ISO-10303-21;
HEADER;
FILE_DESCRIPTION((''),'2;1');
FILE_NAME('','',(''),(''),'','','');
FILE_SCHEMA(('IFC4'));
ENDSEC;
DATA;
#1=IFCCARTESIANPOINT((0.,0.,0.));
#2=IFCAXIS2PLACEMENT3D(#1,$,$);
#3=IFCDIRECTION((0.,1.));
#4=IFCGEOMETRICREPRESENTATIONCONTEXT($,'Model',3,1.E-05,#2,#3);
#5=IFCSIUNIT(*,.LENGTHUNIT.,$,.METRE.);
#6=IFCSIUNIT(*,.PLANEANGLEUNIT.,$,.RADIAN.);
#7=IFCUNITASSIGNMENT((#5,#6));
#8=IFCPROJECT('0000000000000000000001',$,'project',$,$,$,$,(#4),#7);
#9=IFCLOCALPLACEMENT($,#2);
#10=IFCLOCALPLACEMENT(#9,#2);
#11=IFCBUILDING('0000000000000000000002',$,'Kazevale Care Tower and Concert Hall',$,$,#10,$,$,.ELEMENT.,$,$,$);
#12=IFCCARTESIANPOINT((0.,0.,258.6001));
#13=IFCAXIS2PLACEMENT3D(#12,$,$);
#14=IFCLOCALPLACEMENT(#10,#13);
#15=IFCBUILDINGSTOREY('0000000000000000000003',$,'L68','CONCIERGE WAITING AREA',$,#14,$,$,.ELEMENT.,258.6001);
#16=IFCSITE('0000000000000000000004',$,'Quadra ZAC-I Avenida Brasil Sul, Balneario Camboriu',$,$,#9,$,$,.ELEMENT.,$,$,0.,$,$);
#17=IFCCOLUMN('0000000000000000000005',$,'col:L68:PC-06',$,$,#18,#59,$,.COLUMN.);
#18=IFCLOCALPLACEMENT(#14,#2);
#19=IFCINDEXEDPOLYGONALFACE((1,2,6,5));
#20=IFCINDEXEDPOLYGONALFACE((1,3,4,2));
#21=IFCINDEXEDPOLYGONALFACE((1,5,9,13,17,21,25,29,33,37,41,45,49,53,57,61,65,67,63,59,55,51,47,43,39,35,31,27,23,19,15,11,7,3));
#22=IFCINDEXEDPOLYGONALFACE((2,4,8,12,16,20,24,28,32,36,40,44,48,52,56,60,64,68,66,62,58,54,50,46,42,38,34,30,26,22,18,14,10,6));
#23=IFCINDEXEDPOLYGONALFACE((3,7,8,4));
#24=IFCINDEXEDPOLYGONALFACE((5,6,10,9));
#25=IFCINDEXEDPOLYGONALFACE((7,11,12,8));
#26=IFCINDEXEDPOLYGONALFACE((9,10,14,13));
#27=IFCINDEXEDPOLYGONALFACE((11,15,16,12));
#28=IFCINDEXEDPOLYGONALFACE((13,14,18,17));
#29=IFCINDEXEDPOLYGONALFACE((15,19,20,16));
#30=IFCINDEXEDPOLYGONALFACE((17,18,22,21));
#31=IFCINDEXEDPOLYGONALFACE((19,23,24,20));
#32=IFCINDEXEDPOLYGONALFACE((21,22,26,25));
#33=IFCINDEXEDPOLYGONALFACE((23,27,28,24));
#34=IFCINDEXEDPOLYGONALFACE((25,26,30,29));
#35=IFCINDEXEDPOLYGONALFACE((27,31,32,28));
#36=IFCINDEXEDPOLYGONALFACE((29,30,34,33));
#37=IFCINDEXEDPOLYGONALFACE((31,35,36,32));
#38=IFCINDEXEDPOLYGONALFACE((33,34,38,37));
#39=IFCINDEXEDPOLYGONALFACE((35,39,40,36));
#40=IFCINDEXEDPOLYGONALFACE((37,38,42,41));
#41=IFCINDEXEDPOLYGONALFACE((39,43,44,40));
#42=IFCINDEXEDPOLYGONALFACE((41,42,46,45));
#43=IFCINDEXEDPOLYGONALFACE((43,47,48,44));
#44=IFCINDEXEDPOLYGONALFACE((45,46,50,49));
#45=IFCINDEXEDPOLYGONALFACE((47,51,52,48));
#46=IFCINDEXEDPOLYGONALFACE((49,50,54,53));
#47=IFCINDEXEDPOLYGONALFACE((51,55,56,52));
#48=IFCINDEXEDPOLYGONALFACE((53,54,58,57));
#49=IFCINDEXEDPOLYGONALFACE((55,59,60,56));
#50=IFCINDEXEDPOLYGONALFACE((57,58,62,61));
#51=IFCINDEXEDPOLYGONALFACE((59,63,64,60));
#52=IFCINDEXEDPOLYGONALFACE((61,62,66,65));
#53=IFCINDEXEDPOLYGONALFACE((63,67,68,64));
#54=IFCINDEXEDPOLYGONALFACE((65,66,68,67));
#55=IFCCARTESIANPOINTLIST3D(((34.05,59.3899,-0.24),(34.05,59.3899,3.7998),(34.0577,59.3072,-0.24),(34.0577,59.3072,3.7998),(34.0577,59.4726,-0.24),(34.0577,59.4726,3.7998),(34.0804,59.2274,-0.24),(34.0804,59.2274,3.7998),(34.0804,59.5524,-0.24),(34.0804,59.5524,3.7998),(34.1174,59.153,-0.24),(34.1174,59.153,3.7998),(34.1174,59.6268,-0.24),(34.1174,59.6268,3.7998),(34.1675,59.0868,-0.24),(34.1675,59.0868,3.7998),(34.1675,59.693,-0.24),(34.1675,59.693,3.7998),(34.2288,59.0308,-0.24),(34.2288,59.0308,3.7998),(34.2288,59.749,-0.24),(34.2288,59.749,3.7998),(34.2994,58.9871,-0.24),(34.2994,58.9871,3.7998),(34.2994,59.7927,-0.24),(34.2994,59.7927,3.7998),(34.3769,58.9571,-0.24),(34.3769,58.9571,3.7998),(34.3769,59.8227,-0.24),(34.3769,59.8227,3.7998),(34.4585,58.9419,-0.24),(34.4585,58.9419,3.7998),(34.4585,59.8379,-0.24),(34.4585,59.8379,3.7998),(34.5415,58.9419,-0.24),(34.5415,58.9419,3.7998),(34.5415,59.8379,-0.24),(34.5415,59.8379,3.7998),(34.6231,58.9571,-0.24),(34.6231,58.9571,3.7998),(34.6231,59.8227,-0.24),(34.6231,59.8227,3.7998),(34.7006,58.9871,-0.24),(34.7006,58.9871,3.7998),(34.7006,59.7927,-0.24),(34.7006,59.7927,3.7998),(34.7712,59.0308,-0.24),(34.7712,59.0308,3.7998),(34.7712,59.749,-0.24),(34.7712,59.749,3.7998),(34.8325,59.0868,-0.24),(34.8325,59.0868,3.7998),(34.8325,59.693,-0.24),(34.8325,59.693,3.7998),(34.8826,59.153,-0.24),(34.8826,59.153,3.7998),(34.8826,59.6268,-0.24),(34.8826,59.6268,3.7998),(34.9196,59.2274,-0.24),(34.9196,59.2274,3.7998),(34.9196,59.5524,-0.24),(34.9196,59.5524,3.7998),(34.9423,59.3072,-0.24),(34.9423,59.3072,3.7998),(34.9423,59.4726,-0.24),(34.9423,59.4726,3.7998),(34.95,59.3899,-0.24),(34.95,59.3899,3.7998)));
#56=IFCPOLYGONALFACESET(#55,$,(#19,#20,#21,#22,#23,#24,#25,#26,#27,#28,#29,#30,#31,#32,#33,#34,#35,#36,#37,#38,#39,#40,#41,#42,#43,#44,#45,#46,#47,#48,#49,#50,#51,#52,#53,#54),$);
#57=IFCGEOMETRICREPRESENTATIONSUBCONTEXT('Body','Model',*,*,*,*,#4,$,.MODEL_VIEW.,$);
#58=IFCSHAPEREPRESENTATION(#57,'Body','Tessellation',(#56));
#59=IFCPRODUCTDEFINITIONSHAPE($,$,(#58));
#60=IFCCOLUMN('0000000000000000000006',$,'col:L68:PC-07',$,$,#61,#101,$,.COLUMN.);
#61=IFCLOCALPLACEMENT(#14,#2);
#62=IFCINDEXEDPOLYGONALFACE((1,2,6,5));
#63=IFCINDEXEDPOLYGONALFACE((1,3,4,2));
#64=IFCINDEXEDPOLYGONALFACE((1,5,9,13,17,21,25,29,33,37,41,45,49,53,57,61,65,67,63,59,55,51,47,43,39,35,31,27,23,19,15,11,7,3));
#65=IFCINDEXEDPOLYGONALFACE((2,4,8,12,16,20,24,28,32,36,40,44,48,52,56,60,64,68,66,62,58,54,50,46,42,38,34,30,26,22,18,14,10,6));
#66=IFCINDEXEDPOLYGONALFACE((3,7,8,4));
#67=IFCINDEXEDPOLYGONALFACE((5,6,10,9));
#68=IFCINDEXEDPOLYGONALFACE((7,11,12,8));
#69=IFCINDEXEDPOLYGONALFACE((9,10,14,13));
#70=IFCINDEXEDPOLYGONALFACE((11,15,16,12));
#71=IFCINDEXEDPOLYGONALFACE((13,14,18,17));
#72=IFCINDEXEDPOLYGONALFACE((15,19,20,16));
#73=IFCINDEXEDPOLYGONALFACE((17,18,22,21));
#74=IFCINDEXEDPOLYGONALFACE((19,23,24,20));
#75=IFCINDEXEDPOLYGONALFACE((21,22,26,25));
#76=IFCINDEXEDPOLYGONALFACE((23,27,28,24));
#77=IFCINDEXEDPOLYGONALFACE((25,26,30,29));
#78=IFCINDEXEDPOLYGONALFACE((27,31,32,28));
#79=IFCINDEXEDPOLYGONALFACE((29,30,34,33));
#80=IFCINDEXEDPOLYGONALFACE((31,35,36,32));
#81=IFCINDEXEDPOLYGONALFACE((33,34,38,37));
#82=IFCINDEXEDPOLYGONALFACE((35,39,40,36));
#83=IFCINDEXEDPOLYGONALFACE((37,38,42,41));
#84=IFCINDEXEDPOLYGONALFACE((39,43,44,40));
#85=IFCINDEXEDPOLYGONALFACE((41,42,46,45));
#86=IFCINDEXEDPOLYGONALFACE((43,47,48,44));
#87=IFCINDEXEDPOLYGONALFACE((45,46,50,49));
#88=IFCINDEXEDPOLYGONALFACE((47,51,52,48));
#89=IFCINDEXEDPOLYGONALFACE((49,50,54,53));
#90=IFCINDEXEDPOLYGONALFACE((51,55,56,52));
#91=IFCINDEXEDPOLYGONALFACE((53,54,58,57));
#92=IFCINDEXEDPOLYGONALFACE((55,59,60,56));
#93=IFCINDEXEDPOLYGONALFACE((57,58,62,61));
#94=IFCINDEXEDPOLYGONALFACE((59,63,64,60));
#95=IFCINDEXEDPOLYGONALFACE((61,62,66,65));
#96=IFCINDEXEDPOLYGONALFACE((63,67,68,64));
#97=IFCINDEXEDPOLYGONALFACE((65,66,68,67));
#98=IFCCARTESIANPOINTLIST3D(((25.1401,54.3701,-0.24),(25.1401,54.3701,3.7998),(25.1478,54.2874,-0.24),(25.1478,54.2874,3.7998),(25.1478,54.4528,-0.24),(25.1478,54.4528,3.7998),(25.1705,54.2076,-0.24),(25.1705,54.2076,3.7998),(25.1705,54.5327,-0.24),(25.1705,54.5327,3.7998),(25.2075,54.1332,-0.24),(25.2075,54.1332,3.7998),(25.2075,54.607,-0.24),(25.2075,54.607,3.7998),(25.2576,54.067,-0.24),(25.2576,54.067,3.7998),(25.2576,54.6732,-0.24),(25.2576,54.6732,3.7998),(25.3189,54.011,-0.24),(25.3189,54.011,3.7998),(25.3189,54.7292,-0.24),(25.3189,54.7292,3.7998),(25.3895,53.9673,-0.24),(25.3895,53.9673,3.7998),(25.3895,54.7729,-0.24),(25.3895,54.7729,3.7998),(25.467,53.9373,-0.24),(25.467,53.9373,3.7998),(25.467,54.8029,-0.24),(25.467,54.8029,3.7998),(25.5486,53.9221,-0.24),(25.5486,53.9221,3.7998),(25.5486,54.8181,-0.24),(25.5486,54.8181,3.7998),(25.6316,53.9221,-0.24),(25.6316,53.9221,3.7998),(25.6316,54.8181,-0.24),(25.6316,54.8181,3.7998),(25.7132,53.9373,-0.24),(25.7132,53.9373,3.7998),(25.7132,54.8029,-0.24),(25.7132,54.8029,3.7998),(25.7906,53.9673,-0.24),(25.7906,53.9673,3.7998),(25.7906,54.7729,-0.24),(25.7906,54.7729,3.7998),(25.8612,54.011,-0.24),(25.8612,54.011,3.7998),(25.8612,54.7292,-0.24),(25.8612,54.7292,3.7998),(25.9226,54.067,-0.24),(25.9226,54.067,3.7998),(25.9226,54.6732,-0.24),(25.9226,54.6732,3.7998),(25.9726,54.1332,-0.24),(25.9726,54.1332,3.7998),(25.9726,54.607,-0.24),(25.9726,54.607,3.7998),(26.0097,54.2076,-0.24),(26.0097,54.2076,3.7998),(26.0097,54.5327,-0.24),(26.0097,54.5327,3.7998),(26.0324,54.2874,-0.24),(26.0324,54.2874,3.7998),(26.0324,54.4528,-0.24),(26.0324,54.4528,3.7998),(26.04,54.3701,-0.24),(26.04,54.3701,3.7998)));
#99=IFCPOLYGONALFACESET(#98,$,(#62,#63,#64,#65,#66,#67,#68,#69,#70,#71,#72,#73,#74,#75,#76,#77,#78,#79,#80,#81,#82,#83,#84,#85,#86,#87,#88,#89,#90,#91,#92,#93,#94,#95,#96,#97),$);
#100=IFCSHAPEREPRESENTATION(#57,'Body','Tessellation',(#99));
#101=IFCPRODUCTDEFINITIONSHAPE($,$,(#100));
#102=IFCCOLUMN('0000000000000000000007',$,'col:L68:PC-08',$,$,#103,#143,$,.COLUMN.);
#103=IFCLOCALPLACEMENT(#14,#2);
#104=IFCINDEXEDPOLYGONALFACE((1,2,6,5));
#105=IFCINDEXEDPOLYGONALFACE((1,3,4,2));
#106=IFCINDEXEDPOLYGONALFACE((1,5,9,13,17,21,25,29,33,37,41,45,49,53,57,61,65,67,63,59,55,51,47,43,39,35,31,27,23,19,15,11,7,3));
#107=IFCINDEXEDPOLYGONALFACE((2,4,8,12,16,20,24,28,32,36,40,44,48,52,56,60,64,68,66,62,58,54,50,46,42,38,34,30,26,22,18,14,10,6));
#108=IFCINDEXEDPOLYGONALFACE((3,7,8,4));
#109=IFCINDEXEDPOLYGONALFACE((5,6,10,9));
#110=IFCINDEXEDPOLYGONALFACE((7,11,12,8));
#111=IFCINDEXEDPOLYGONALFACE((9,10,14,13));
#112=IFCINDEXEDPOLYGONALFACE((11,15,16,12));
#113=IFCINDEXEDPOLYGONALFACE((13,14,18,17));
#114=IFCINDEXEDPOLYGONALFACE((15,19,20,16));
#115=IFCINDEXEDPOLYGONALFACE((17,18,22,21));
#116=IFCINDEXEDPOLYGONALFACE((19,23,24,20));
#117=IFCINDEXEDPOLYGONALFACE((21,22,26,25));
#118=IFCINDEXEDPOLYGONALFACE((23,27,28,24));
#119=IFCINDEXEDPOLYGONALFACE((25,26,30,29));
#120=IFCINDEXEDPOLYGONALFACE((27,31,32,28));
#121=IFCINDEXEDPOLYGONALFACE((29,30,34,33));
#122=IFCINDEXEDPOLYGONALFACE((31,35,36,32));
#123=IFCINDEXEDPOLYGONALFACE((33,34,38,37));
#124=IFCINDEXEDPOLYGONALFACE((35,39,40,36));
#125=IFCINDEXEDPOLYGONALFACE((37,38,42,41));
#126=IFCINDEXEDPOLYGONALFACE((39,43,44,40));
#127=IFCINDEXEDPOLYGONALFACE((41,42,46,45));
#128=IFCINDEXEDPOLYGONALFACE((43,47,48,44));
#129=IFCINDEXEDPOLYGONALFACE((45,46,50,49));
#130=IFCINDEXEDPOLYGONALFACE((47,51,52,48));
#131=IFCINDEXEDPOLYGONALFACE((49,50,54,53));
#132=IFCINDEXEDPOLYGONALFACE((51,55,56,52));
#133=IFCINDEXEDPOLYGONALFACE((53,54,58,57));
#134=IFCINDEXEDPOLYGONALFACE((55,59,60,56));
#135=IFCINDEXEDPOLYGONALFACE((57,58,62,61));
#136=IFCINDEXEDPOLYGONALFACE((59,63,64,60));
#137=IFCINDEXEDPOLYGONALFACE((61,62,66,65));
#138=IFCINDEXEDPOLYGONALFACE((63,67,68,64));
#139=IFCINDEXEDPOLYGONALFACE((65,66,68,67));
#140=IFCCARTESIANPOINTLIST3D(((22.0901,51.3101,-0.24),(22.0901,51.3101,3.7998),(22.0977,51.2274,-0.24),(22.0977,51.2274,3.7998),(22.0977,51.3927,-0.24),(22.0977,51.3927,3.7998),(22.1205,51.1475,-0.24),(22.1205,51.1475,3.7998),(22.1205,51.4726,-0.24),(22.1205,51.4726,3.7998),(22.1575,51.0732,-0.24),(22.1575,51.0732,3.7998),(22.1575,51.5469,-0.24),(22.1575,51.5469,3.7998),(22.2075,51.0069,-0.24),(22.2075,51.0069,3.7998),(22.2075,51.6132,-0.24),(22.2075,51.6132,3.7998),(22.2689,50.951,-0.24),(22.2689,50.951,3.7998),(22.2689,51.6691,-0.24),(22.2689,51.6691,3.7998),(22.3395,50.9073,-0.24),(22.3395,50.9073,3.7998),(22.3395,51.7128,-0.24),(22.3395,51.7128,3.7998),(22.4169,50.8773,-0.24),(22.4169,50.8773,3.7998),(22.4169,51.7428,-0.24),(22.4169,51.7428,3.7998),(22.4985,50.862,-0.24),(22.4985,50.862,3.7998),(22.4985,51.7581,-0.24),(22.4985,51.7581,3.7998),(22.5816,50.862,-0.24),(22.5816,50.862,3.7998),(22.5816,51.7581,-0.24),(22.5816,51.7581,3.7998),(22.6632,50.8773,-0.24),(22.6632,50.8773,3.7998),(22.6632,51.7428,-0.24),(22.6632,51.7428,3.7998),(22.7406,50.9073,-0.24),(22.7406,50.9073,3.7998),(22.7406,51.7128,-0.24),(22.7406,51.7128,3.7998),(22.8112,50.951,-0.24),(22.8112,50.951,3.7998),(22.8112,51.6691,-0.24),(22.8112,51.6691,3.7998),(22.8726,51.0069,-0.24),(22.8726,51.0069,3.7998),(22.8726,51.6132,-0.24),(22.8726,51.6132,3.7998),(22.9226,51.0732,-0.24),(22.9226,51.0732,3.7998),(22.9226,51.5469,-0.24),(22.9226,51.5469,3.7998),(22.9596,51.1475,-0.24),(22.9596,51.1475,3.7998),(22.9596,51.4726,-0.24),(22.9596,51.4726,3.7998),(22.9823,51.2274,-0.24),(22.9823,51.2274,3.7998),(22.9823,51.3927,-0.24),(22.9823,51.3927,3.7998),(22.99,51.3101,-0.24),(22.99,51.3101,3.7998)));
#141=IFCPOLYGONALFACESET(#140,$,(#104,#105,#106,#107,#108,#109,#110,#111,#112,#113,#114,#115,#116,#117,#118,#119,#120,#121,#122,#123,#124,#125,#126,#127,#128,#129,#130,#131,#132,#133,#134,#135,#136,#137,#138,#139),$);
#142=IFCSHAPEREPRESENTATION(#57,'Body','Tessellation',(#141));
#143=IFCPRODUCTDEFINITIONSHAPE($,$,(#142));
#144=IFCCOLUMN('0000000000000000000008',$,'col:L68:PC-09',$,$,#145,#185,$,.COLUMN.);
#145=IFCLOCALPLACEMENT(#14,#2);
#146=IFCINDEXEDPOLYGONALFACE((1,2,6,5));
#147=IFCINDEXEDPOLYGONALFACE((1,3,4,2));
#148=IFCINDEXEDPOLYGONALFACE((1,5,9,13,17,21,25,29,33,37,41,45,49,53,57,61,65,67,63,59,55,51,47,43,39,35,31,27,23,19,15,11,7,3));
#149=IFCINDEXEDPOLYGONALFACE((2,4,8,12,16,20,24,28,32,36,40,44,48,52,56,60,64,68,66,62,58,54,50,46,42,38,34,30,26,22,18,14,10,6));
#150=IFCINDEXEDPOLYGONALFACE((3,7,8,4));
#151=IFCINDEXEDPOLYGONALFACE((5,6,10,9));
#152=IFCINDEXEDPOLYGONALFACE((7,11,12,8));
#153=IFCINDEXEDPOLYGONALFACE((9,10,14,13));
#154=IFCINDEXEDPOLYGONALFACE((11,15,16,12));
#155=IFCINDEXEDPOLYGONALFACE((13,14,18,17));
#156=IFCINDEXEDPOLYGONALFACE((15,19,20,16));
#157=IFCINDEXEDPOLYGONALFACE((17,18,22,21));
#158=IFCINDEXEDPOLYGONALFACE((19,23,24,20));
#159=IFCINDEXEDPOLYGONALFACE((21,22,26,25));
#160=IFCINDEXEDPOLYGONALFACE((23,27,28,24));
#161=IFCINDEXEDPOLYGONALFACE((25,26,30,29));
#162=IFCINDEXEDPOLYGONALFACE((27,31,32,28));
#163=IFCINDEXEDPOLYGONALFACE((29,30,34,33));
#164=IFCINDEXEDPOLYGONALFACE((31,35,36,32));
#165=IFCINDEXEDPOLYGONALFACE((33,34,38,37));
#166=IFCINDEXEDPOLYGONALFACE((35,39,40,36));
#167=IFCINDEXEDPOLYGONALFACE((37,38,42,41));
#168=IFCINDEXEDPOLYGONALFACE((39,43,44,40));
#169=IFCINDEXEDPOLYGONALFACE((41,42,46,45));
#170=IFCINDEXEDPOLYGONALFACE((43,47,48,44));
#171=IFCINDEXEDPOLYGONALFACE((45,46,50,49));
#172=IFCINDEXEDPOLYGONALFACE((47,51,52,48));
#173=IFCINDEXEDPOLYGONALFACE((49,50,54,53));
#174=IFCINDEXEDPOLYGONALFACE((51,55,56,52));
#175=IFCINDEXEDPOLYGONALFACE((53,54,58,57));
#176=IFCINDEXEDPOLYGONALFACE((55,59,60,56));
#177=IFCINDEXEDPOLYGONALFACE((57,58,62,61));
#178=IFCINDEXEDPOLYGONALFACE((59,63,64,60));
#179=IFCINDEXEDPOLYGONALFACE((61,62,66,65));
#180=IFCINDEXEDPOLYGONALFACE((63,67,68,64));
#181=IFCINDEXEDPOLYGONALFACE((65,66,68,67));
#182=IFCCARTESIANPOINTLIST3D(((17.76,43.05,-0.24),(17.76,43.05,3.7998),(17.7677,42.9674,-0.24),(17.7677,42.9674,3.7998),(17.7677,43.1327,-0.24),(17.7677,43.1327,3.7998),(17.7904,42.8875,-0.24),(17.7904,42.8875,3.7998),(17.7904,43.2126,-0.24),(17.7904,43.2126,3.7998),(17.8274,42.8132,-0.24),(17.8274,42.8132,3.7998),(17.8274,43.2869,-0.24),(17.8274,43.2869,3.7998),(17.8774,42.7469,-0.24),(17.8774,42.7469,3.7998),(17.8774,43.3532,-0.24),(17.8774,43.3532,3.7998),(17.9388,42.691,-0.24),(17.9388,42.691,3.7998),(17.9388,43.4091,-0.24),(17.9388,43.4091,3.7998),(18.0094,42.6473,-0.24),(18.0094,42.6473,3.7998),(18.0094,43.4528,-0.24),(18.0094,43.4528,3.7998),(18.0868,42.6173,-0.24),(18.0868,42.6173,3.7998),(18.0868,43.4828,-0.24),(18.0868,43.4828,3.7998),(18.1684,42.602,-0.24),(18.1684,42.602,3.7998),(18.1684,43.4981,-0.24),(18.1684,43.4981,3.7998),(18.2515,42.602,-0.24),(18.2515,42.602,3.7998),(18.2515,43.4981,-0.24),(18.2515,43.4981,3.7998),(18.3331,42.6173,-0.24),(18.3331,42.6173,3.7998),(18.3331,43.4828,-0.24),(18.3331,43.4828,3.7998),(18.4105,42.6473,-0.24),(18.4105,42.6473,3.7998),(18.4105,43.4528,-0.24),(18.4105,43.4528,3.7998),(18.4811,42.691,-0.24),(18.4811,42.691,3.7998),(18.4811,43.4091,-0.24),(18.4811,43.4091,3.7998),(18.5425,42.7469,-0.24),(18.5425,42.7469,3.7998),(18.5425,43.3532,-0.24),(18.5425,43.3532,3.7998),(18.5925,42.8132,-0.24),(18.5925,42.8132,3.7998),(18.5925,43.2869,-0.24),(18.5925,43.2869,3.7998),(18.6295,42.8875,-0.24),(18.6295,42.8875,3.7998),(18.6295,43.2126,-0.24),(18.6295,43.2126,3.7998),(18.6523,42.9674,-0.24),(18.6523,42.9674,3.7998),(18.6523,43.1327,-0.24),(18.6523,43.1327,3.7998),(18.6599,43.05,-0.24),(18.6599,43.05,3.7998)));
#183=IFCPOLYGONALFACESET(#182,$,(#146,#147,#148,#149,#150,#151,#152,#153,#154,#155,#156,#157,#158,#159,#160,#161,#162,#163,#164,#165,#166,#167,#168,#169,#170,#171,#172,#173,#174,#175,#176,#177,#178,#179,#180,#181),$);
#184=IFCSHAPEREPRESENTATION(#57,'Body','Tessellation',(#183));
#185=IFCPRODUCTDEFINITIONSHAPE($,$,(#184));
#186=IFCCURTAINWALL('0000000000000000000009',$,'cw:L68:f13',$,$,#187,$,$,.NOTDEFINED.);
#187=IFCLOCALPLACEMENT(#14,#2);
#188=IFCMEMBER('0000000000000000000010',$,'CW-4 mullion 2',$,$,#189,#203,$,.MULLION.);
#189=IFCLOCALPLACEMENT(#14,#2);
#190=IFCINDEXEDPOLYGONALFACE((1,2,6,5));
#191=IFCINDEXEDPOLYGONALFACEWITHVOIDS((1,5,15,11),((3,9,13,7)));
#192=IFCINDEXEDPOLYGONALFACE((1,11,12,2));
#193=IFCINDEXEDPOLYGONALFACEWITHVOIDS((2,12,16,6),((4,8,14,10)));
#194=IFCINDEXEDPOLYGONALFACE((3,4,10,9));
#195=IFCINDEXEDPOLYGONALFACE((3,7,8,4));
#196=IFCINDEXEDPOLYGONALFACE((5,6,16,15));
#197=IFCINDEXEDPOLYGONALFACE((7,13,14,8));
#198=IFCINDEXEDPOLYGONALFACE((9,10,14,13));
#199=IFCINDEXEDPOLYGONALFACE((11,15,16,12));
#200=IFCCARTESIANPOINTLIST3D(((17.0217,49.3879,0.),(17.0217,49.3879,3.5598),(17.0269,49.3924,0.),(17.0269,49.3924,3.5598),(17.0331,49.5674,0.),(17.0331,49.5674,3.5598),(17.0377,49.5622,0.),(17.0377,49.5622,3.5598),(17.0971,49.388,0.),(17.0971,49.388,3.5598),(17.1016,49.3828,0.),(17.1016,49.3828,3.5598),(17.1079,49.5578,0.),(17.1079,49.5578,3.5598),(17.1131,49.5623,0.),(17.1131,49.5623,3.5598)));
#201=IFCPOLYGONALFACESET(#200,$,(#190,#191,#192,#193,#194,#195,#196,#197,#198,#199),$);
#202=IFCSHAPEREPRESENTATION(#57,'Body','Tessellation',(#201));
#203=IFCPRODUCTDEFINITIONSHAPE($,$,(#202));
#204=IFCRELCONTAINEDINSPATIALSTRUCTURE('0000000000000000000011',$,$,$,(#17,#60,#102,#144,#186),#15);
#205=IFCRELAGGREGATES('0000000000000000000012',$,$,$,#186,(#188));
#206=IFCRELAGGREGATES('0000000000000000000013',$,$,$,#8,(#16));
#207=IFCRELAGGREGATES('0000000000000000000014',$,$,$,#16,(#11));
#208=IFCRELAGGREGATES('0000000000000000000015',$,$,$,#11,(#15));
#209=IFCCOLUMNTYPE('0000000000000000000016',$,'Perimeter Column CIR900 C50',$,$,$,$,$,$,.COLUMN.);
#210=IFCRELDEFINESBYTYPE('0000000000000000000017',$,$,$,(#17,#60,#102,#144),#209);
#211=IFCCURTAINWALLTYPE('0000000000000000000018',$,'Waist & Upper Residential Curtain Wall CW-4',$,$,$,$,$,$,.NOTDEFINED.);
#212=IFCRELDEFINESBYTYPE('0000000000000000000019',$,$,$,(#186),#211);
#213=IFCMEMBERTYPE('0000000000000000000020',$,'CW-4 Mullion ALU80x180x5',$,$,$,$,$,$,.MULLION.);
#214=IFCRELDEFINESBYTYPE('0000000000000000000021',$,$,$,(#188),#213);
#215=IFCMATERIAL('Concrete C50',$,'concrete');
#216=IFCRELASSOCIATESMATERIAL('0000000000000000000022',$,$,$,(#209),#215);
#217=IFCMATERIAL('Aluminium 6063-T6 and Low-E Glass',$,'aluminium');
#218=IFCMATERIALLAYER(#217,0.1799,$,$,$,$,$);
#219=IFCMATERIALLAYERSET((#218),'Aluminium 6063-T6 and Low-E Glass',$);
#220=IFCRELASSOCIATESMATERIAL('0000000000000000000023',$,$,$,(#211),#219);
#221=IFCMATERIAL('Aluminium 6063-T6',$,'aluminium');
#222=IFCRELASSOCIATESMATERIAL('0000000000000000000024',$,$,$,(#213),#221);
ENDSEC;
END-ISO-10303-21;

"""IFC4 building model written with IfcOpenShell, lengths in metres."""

from ifc_helpers import new_model, si_unit, direction, frame, origin, origin_2d, place, context, subcontext, project, spatial, hollow_rectangle, circle, extrude, material, layer, layer_set, material_profile, profile_set, type_object, element, aggregate, save


model = new_model("IFC4")

# Units and contexts
model_context = context("Model", 3, precision=1e-05, world=origin(), true_north=direction((0.0, 1.0)))
body_context = subcontext(model_context, "Body", "Model", "MODEL_VIEW")
ifc_project = project(units=[si_unit("LENGTHUNIT", "METRE"), si_unit("PLANEANGLEUNIT", "RADIAN")], contexts=[model_context])

# Site, building, storey
site_placement = place(None, origin())
site = spatial("IfcSite", under=ifc_project, at=site_placement, Name="Quadra ZAC-I Avenida Brasil Sul, Balneario Camboriu", CompositionType="ELEMENT", RefElevation=0.0)
building_placement = place(site_placement, origin())
building = spatial("IfcBuilding", under=site, at=building_placement, Name="Kazevale Care Tower and Concert Hall", CompositionType="ELEMENT")
storey_placement = place(building_placement, frame((0.0, 0.0, 258.6001)))
storey = spatial("IfcBuildingStorey", under=building, at=storey_placement, Name="L68", Description="CONCIERGE WAITING AREA", CompositionType="ELEMENT", Elevation=258.6001)

# Columns
ifc_material_1 = material(Name="Concrete C50", Category="concrete")
ifc_material_profile_1 = material_profile(ifc_material_1, circle(Radius=0.45, at=origin_2d()), Name="RC-CIR900")
ifc_profile_set_1 = profile_set([ifc_material_profile_1], Name="Concrete C50")
column_type = type_object("IfcColumnType", Name="Perimeter Column CIR900 C50", PredefinedType="COLUMN", material=ifc_profile_set_1)
for number, where, z_axis, x_axis, name in (
    (1, (34.5, 59.3899, -0.24), (0.0, 0.0, 1.0), (1.0, 0.0, 0.0), "col:L68:PC-06"),
    (2, (25.5901, 54.3701, -0.24), (0.0, 0.0, 1.0), (1.0, 0.0, 0.0), "col:L68:PC-07"),
    (3, (22.54, 51.3101, -0.24), (0.0, 0.0, 1.0), (1.0, 0.0, 0.0), "col:L68:PC-08"),
    (4, (18.21, 43.05, -0.24), (0.0, 0.0, 1.0), (1.0, 0.0, 0.0), "col:L68:PC-09"),
):
    element("IfcColumn", number, at=place(storey_placement, frame(where, z_axis=z_axis, x_axis=x_axis)), inside=storey, type_object=column_type, Name=name, PredefinedType="COLUMN", context=body_context, shape_type="SweptSolid", body=[
        extrude(circle(Radius=0.45, at=origin_2d()), origin(), (0.0, 0.0, 1.0), 4.0398),
    ])

# Curtain wall, member
ifc_material_2 = material(Name="Aluminium 6063-T6 and Low-E Glass", Category="aluminium")
ifc_layer_1 = layer(ifc_material_2, 0.1799)
ifc_layer_set_1 = layer_set([ifc_layer_1], Name="Aluminium 6063-T6 and Low-E Glass")
curtain_wall_type = type_object("IfcCurtainWallType", Name="Waist & Upper Residential Curtain Wall CW-4", PredefinedType="NOTDEFINED", material=ifc_layer_set_1)
curtain_wall_1_placement = place(storey_placement, origin())
curtain_wall_1 = element("IfcCurtainWall", 5, at=curtain_wall_1_placement, inside=storey, type_object=curtain_wall_type, Name="cw:L68:f13", PredefinedType="NOTDEFINED")
ifc_material_3 = material(Name="Aluminium 6063-T6", Category="aluminium")
ifc_material_profile_2 = material_profile(ifc_material_3, hollow_rectangle(XDim=0.0801, YDim=0.1799, WallThickness=0.0049, at=origin_2d()), Name="ALU80x180x5")
ifc_profile_set_2 = profile_set([ifc_material_profile_2], Name="Aluminium 6063-T6")
member_type_1 = type_object("IfcMemberType", Name="CW-4 Mullion ALU80x180x5", PredefinedType="MULLION", material=ifc_profile_set_2)
member_1_placement = place(storey_placement, frame((17.0674, 49.4751, 0.0), z_axis=(0.0, 0.0, 1.0), x_axis=(-0.997979, 0.063541, 0.0)))
member_1 = element("IfcMember", 6, at=member_1_placement, type_object=member_type_1, Name="CW-4 mullion 2", PredefinedType="MULLION", context=body_context, shape_type="SweptSolid", body=[
    extrude(hollow_rectangle(XDim=0.0801, YDim=0.1799, WallThickness=0.0049, at=origin_2d()), origin(), (0.0, 0.0, 1.0), 3.5598),
])

aggregate(curtain_wall_1, [member_1])

save(model, "model.ifc")
